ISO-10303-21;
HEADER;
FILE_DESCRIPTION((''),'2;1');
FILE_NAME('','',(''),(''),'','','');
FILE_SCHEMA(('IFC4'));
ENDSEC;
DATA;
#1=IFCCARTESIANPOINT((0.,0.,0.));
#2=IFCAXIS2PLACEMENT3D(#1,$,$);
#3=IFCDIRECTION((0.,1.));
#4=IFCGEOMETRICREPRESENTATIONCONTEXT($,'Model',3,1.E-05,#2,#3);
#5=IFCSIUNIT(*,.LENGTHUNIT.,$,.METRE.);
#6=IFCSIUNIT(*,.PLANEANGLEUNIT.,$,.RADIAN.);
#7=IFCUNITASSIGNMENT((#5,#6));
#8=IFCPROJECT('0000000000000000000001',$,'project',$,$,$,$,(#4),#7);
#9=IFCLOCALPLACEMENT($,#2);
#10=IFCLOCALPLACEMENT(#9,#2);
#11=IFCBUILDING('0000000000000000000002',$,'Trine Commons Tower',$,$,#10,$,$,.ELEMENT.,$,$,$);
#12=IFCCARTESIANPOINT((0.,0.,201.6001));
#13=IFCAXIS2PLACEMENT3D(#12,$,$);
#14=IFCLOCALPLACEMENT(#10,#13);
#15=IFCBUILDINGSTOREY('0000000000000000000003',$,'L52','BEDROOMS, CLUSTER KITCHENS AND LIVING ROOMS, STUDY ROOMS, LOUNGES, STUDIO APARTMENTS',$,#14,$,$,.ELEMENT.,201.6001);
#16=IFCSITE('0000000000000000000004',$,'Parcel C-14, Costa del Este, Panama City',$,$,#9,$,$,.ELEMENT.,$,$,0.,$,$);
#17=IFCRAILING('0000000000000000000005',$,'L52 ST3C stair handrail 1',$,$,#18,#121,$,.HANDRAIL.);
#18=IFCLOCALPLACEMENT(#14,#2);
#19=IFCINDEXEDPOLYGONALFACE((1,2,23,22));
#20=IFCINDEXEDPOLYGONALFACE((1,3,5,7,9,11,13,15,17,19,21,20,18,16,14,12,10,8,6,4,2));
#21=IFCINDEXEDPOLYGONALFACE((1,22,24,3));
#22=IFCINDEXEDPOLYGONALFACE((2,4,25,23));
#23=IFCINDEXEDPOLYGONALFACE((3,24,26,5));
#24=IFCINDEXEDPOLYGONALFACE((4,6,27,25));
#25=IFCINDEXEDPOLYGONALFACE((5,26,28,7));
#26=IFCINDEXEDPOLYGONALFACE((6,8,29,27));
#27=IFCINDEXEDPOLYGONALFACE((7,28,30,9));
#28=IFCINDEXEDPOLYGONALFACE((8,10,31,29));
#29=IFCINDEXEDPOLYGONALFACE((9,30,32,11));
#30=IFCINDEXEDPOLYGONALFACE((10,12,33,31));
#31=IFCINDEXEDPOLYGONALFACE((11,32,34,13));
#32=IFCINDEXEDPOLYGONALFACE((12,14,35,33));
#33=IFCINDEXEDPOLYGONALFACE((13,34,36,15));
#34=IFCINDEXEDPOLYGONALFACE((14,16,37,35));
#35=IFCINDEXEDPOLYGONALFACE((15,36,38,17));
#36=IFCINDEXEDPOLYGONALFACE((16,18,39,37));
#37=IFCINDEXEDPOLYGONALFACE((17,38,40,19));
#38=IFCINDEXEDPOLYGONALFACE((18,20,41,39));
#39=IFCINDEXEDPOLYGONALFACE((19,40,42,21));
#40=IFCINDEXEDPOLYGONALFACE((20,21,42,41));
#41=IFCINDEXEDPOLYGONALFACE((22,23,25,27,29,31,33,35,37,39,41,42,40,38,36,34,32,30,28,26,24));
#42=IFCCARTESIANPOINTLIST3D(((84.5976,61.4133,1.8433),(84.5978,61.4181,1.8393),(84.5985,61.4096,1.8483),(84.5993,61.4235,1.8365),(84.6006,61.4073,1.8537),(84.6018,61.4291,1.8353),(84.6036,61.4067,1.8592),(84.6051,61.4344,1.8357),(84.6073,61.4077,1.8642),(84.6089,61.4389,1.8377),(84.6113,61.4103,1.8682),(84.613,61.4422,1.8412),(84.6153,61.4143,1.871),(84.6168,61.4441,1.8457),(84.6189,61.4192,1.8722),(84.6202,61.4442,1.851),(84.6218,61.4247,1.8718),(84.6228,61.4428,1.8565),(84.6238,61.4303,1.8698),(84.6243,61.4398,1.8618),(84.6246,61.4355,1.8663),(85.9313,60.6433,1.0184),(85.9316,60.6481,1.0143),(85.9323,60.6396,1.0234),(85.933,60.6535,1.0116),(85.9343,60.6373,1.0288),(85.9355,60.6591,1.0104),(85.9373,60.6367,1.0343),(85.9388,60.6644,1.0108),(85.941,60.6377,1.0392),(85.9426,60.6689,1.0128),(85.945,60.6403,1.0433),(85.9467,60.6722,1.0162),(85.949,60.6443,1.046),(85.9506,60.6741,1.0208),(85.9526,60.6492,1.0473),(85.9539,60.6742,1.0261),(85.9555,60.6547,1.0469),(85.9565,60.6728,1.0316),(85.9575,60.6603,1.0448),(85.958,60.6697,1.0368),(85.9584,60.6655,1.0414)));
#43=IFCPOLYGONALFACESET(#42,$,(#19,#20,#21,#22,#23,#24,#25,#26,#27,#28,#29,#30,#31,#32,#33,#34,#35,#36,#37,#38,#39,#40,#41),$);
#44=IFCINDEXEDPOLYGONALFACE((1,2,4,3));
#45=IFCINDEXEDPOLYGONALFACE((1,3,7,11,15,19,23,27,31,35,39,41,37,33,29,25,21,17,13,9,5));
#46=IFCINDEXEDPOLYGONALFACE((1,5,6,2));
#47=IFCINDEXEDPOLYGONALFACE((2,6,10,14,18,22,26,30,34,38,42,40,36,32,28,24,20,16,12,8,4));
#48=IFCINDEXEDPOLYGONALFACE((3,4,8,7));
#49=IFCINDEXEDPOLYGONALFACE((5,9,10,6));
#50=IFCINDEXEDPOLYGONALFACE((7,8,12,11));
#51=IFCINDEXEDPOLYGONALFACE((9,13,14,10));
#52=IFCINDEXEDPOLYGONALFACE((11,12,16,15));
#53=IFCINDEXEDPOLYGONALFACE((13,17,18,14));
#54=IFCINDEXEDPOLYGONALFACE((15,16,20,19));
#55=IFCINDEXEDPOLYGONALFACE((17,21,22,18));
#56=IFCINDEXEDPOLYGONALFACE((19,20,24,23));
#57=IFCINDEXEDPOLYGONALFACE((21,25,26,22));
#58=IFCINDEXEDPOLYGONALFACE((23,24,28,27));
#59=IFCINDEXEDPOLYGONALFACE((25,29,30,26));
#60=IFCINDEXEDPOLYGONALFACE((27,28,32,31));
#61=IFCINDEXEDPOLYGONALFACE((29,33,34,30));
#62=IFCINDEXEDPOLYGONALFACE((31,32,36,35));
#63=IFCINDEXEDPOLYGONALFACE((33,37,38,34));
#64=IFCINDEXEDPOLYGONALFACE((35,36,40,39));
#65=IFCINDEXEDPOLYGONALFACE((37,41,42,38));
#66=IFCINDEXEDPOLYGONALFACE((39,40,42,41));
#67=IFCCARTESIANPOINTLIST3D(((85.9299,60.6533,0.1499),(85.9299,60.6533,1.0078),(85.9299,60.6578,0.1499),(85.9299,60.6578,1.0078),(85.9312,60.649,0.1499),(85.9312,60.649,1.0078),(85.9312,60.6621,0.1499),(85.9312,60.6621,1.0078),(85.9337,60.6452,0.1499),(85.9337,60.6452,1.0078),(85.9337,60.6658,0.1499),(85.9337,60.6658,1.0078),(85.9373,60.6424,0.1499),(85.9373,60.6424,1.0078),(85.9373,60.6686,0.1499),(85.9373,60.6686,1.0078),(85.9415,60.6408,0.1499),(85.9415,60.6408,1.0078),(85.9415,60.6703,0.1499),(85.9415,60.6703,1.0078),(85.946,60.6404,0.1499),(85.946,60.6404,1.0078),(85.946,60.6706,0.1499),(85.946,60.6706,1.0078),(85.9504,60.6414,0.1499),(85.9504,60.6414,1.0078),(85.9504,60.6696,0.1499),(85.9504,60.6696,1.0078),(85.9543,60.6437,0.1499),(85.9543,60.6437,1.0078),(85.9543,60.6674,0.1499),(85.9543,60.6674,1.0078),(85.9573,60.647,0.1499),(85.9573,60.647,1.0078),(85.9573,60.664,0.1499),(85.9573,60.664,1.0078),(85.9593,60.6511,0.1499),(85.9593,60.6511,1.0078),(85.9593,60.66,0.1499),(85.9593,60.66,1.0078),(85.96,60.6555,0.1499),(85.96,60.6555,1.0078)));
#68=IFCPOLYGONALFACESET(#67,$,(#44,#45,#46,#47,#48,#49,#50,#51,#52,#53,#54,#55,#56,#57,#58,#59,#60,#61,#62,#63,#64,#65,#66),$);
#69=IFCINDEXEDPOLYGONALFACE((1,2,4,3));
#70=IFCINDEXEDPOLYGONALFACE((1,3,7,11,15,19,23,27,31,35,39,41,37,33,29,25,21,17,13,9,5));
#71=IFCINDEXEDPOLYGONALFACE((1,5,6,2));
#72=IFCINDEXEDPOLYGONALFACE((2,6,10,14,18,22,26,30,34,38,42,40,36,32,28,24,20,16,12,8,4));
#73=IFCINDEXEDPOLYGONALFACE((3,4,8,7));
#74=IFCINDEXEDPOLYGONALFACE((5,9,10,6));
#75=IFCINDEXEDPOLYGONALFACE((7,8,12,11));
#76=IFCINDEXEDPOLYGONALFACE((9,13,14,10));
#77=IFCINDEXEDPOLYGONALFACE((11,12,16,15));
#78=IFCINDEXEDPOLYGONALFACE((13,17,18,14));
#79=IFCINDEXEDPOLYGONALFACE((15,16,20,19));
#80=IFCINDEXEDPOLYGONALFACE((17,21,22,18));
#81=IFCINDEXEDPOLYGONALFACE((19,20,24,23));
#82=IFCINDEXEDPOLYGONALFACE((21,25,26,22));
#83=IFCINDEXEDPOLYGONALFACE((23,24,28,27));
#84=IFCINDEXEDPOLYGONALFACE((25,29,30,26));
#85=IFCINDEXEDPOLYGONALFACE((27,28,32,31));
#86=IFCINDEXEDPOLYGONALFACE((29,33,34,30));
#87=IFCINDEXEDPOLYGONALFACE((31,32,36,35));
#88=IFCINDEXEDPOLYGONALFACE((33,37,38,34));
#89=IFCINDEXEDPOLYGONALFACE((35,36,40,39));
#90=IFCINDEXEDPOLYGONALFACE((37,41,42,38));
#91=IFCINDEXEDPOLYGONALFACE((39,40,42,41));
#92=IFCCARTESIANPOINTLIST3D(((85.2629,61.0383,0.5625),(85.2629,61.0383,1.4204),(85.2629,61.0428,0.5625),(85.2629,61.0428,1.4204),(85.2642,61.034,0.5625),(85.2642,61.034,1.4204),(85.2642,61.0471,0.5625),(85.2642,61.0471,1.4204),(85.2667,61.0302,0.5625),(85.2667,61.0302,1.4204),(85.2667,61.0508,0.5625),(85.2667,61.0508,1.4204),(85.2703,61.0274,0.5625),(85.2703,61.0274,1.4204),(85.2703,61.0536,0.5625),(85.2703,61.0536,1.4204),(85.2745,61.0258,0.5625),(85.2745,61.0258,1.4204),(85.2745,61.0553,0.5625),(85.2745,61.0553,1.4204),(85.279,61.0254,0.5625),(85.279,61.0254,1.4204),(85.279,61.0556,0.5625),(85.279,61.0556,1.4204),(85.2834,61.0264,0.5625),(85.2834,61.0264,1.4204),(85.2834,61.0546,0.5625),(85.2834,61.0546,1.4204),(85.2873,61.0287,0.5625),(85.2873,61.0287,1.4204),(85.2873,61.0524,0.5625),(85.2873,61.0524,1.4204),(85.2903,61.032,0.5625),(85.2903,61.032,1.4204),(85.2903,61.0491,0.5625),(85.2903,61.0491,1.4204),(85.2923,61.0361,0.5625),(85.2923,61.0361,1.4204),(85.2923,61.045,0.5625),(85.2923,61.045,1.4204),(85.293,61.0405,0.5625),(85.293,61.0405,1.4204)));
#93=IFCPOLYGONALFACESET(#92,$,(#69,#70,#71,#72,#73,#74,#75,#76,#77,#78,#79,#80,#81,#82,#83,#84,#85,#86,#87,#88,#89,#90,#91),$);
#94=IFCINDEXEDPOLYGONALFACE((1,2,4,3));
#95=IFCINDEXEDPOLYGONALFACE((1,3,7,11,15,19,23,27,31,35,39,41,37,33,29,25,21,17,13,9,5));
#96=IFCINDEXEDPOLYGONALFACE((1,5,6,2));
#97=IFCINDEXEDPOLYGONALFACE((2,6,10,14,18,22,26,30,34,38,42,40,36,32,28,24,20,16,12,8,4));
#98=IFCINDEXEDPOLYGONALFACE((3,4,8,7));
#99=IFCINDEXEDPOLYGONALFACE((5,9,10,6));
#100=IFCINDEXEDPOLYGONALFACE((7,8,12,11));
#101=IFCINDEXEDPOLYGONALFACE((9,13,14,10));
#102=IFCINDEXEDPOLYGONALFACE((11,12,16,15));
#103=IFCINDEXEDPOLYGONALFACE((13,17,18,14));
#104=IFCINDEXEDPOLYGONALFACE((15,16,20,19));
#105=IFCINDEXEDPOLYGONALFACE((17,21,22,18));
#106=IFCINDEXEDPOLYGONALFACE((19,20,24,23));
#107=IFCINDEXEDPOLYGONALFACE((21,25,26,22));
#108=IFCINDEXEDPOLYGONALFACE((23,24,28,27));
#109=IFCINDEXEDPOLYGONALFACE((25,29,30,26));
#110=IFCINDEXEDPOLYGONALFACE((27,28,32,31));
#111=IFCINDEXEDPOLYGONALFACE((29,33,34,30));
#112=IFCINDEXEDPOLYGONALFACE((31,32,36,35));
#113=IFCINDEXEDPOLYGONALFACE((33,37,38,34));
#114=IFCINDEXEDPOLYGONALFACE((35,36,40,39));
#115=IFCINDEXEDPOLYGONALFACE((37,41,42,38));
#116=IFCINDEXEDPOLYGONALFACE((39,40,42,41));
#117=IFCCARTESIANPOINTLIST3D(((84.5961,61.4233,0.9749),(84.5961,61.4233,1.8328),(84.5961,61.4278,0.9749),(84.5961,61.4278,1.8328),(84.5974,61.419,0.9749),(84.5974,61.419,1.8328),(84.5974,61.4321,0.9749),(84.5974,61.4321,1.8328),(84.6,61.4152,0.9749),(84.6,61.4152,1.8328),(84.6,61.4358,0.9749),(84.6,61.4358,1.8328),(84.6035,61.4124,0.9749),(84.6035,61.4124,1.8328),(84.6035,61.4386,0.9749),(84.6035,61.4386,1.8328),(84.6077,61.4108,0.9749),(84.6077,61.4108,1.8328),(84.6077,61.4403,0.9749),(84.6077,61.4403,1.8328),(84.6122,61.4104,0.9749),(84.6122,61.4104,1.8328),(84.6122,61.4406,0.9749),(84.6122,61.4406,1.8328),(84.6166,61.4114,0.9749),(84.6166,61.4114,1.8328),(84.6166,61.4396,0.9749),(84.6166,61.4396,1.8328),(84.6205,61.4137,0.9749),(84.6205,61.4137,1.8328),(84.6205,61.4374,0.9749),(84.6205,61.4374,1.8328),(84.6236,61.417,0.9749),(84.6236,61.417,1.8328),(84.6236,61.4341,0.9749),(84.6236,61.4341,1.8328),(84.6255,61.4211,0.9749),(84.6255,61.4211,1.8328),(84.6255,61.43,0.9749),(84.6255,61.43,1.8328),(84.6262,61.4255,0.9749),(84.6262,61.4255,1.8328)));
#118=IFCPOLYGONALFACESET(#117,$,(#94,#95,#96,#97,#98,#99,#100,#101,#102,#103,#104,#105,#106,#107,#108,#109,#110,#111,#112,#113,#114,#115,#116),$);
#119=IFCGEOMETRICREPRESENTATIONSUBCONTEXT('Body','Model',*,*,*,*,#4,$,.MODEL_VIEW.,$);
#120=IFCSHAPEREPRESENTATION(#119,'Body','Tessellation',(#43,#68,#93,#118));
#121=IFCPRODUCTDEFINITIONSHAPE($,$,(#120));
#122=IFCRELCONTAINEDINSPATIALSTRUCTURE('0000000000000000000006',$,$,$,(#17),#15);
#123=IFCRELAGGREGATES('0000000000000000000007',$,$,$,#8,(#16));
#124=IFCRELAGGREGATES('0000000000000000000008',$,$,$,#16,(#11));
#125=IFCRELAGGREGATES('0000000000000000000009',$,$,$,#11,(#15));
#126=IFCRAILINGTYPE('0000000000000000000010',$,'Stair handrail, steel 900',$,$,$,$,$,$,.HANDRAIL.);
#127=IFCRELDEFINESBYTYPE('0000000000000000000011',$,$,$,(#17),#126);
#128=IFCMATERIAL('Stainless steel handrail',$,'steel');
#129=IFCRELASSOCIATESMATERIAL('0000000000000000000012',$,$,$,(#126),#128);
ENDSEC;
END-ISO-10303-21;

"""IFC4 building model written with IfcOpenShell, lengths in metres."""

from ifc_helpers import new_model, si_unit, direction, frame, origin, origin_2d, place, context, subcontext, project, spatial, circle, extrude, material, type_object, element, save


model = new_model("IFC4")

# Units and contexts
model_context = context("Model", 3, precision=1e-05, world=origin(), true_north=direction((0.0, 1.0)))
body_context = subcontext(model_context, "Body", "Model", "MODEL_VIEW")
ifc_project = project(units=[si_unit("LENGTHUNIT", "METRE"), si_unit("PLANEANGLEUNIT", "RADIAN")], contexts=[model_context])

# Site, building, storey
site_placement = place(None, origin())
site = spatial("IfcSite", under=ifc_project, at=site_placement, Name="Parcel C-14, Costa del Este, Panama City", CompositionType="ELEMENT", RefElevation=0.0)
building_placement = place(site_placement, origin())
building = spatial("IfcBuilding", under=site, at=building_placement, Name="Trine Commons Tower", CompositionType="ELEMENT")
storey_placement = place(building_placement, frame((0.0, 0.0, 201.6001)))
storey = spatial("IfcBuildingStorey", under=building, at=storey_placement, Name="L52", Description="BEDROOMS, CLUSTER KITCHENS AND LIVING ROOMS, STUDY ROOMS, LOUNGES, STUDIO APARTMENTS", CompositionType="ELEMENT", Elevation=201.6001)

# Railing
ifc_material_1 = material(Name="Stainless steel handrail", Category="steel")
railing_type = type_object("IfcRailingType", Name="Stair handrail, steel 900", PredefinedType="HANDRAIL", material=ifc_material_1)
railing_placement = place(storey_placement, frame((85.9448, 60.6555, 0.1499)))
element("IfcRailing", 1, at=railing_placement, inside=storey, type_object=railing_type, Name="L52 ST3C stair handrail 1", PredefinedType="HANDRAIL", context=body_context, shape_type="SweptSolid", body=[
    extrude(circle(Radius=0.021, at=origin_2d()), frame((0.0, 0.0, 0.8789), z_axis=(-0.763405, 0.440743, 0.472185), x_axis=(-0.499992, -0.86603, 0.0)), (0.0, 0.0, 1.0), 1.7471),
    extrude(circle(Radius=0.0151, at=origin_2d()), origin(), (0.0, 0.0, 1.0), 0.8579),
    extrude(circle(Radius=0.0151, at=origin_2d()), frame((-0.667, 0.385, 0.4126)), (0.0, 0.0, 1.0), 0.8579),
    extrude(circle(Radius=0.0151, at=origin_2d()), frame((-1.3337, 0.77, 0.825)), (0.0, 0.0, 1.0), 0.8579),
])

save(model, "model.ifc")
